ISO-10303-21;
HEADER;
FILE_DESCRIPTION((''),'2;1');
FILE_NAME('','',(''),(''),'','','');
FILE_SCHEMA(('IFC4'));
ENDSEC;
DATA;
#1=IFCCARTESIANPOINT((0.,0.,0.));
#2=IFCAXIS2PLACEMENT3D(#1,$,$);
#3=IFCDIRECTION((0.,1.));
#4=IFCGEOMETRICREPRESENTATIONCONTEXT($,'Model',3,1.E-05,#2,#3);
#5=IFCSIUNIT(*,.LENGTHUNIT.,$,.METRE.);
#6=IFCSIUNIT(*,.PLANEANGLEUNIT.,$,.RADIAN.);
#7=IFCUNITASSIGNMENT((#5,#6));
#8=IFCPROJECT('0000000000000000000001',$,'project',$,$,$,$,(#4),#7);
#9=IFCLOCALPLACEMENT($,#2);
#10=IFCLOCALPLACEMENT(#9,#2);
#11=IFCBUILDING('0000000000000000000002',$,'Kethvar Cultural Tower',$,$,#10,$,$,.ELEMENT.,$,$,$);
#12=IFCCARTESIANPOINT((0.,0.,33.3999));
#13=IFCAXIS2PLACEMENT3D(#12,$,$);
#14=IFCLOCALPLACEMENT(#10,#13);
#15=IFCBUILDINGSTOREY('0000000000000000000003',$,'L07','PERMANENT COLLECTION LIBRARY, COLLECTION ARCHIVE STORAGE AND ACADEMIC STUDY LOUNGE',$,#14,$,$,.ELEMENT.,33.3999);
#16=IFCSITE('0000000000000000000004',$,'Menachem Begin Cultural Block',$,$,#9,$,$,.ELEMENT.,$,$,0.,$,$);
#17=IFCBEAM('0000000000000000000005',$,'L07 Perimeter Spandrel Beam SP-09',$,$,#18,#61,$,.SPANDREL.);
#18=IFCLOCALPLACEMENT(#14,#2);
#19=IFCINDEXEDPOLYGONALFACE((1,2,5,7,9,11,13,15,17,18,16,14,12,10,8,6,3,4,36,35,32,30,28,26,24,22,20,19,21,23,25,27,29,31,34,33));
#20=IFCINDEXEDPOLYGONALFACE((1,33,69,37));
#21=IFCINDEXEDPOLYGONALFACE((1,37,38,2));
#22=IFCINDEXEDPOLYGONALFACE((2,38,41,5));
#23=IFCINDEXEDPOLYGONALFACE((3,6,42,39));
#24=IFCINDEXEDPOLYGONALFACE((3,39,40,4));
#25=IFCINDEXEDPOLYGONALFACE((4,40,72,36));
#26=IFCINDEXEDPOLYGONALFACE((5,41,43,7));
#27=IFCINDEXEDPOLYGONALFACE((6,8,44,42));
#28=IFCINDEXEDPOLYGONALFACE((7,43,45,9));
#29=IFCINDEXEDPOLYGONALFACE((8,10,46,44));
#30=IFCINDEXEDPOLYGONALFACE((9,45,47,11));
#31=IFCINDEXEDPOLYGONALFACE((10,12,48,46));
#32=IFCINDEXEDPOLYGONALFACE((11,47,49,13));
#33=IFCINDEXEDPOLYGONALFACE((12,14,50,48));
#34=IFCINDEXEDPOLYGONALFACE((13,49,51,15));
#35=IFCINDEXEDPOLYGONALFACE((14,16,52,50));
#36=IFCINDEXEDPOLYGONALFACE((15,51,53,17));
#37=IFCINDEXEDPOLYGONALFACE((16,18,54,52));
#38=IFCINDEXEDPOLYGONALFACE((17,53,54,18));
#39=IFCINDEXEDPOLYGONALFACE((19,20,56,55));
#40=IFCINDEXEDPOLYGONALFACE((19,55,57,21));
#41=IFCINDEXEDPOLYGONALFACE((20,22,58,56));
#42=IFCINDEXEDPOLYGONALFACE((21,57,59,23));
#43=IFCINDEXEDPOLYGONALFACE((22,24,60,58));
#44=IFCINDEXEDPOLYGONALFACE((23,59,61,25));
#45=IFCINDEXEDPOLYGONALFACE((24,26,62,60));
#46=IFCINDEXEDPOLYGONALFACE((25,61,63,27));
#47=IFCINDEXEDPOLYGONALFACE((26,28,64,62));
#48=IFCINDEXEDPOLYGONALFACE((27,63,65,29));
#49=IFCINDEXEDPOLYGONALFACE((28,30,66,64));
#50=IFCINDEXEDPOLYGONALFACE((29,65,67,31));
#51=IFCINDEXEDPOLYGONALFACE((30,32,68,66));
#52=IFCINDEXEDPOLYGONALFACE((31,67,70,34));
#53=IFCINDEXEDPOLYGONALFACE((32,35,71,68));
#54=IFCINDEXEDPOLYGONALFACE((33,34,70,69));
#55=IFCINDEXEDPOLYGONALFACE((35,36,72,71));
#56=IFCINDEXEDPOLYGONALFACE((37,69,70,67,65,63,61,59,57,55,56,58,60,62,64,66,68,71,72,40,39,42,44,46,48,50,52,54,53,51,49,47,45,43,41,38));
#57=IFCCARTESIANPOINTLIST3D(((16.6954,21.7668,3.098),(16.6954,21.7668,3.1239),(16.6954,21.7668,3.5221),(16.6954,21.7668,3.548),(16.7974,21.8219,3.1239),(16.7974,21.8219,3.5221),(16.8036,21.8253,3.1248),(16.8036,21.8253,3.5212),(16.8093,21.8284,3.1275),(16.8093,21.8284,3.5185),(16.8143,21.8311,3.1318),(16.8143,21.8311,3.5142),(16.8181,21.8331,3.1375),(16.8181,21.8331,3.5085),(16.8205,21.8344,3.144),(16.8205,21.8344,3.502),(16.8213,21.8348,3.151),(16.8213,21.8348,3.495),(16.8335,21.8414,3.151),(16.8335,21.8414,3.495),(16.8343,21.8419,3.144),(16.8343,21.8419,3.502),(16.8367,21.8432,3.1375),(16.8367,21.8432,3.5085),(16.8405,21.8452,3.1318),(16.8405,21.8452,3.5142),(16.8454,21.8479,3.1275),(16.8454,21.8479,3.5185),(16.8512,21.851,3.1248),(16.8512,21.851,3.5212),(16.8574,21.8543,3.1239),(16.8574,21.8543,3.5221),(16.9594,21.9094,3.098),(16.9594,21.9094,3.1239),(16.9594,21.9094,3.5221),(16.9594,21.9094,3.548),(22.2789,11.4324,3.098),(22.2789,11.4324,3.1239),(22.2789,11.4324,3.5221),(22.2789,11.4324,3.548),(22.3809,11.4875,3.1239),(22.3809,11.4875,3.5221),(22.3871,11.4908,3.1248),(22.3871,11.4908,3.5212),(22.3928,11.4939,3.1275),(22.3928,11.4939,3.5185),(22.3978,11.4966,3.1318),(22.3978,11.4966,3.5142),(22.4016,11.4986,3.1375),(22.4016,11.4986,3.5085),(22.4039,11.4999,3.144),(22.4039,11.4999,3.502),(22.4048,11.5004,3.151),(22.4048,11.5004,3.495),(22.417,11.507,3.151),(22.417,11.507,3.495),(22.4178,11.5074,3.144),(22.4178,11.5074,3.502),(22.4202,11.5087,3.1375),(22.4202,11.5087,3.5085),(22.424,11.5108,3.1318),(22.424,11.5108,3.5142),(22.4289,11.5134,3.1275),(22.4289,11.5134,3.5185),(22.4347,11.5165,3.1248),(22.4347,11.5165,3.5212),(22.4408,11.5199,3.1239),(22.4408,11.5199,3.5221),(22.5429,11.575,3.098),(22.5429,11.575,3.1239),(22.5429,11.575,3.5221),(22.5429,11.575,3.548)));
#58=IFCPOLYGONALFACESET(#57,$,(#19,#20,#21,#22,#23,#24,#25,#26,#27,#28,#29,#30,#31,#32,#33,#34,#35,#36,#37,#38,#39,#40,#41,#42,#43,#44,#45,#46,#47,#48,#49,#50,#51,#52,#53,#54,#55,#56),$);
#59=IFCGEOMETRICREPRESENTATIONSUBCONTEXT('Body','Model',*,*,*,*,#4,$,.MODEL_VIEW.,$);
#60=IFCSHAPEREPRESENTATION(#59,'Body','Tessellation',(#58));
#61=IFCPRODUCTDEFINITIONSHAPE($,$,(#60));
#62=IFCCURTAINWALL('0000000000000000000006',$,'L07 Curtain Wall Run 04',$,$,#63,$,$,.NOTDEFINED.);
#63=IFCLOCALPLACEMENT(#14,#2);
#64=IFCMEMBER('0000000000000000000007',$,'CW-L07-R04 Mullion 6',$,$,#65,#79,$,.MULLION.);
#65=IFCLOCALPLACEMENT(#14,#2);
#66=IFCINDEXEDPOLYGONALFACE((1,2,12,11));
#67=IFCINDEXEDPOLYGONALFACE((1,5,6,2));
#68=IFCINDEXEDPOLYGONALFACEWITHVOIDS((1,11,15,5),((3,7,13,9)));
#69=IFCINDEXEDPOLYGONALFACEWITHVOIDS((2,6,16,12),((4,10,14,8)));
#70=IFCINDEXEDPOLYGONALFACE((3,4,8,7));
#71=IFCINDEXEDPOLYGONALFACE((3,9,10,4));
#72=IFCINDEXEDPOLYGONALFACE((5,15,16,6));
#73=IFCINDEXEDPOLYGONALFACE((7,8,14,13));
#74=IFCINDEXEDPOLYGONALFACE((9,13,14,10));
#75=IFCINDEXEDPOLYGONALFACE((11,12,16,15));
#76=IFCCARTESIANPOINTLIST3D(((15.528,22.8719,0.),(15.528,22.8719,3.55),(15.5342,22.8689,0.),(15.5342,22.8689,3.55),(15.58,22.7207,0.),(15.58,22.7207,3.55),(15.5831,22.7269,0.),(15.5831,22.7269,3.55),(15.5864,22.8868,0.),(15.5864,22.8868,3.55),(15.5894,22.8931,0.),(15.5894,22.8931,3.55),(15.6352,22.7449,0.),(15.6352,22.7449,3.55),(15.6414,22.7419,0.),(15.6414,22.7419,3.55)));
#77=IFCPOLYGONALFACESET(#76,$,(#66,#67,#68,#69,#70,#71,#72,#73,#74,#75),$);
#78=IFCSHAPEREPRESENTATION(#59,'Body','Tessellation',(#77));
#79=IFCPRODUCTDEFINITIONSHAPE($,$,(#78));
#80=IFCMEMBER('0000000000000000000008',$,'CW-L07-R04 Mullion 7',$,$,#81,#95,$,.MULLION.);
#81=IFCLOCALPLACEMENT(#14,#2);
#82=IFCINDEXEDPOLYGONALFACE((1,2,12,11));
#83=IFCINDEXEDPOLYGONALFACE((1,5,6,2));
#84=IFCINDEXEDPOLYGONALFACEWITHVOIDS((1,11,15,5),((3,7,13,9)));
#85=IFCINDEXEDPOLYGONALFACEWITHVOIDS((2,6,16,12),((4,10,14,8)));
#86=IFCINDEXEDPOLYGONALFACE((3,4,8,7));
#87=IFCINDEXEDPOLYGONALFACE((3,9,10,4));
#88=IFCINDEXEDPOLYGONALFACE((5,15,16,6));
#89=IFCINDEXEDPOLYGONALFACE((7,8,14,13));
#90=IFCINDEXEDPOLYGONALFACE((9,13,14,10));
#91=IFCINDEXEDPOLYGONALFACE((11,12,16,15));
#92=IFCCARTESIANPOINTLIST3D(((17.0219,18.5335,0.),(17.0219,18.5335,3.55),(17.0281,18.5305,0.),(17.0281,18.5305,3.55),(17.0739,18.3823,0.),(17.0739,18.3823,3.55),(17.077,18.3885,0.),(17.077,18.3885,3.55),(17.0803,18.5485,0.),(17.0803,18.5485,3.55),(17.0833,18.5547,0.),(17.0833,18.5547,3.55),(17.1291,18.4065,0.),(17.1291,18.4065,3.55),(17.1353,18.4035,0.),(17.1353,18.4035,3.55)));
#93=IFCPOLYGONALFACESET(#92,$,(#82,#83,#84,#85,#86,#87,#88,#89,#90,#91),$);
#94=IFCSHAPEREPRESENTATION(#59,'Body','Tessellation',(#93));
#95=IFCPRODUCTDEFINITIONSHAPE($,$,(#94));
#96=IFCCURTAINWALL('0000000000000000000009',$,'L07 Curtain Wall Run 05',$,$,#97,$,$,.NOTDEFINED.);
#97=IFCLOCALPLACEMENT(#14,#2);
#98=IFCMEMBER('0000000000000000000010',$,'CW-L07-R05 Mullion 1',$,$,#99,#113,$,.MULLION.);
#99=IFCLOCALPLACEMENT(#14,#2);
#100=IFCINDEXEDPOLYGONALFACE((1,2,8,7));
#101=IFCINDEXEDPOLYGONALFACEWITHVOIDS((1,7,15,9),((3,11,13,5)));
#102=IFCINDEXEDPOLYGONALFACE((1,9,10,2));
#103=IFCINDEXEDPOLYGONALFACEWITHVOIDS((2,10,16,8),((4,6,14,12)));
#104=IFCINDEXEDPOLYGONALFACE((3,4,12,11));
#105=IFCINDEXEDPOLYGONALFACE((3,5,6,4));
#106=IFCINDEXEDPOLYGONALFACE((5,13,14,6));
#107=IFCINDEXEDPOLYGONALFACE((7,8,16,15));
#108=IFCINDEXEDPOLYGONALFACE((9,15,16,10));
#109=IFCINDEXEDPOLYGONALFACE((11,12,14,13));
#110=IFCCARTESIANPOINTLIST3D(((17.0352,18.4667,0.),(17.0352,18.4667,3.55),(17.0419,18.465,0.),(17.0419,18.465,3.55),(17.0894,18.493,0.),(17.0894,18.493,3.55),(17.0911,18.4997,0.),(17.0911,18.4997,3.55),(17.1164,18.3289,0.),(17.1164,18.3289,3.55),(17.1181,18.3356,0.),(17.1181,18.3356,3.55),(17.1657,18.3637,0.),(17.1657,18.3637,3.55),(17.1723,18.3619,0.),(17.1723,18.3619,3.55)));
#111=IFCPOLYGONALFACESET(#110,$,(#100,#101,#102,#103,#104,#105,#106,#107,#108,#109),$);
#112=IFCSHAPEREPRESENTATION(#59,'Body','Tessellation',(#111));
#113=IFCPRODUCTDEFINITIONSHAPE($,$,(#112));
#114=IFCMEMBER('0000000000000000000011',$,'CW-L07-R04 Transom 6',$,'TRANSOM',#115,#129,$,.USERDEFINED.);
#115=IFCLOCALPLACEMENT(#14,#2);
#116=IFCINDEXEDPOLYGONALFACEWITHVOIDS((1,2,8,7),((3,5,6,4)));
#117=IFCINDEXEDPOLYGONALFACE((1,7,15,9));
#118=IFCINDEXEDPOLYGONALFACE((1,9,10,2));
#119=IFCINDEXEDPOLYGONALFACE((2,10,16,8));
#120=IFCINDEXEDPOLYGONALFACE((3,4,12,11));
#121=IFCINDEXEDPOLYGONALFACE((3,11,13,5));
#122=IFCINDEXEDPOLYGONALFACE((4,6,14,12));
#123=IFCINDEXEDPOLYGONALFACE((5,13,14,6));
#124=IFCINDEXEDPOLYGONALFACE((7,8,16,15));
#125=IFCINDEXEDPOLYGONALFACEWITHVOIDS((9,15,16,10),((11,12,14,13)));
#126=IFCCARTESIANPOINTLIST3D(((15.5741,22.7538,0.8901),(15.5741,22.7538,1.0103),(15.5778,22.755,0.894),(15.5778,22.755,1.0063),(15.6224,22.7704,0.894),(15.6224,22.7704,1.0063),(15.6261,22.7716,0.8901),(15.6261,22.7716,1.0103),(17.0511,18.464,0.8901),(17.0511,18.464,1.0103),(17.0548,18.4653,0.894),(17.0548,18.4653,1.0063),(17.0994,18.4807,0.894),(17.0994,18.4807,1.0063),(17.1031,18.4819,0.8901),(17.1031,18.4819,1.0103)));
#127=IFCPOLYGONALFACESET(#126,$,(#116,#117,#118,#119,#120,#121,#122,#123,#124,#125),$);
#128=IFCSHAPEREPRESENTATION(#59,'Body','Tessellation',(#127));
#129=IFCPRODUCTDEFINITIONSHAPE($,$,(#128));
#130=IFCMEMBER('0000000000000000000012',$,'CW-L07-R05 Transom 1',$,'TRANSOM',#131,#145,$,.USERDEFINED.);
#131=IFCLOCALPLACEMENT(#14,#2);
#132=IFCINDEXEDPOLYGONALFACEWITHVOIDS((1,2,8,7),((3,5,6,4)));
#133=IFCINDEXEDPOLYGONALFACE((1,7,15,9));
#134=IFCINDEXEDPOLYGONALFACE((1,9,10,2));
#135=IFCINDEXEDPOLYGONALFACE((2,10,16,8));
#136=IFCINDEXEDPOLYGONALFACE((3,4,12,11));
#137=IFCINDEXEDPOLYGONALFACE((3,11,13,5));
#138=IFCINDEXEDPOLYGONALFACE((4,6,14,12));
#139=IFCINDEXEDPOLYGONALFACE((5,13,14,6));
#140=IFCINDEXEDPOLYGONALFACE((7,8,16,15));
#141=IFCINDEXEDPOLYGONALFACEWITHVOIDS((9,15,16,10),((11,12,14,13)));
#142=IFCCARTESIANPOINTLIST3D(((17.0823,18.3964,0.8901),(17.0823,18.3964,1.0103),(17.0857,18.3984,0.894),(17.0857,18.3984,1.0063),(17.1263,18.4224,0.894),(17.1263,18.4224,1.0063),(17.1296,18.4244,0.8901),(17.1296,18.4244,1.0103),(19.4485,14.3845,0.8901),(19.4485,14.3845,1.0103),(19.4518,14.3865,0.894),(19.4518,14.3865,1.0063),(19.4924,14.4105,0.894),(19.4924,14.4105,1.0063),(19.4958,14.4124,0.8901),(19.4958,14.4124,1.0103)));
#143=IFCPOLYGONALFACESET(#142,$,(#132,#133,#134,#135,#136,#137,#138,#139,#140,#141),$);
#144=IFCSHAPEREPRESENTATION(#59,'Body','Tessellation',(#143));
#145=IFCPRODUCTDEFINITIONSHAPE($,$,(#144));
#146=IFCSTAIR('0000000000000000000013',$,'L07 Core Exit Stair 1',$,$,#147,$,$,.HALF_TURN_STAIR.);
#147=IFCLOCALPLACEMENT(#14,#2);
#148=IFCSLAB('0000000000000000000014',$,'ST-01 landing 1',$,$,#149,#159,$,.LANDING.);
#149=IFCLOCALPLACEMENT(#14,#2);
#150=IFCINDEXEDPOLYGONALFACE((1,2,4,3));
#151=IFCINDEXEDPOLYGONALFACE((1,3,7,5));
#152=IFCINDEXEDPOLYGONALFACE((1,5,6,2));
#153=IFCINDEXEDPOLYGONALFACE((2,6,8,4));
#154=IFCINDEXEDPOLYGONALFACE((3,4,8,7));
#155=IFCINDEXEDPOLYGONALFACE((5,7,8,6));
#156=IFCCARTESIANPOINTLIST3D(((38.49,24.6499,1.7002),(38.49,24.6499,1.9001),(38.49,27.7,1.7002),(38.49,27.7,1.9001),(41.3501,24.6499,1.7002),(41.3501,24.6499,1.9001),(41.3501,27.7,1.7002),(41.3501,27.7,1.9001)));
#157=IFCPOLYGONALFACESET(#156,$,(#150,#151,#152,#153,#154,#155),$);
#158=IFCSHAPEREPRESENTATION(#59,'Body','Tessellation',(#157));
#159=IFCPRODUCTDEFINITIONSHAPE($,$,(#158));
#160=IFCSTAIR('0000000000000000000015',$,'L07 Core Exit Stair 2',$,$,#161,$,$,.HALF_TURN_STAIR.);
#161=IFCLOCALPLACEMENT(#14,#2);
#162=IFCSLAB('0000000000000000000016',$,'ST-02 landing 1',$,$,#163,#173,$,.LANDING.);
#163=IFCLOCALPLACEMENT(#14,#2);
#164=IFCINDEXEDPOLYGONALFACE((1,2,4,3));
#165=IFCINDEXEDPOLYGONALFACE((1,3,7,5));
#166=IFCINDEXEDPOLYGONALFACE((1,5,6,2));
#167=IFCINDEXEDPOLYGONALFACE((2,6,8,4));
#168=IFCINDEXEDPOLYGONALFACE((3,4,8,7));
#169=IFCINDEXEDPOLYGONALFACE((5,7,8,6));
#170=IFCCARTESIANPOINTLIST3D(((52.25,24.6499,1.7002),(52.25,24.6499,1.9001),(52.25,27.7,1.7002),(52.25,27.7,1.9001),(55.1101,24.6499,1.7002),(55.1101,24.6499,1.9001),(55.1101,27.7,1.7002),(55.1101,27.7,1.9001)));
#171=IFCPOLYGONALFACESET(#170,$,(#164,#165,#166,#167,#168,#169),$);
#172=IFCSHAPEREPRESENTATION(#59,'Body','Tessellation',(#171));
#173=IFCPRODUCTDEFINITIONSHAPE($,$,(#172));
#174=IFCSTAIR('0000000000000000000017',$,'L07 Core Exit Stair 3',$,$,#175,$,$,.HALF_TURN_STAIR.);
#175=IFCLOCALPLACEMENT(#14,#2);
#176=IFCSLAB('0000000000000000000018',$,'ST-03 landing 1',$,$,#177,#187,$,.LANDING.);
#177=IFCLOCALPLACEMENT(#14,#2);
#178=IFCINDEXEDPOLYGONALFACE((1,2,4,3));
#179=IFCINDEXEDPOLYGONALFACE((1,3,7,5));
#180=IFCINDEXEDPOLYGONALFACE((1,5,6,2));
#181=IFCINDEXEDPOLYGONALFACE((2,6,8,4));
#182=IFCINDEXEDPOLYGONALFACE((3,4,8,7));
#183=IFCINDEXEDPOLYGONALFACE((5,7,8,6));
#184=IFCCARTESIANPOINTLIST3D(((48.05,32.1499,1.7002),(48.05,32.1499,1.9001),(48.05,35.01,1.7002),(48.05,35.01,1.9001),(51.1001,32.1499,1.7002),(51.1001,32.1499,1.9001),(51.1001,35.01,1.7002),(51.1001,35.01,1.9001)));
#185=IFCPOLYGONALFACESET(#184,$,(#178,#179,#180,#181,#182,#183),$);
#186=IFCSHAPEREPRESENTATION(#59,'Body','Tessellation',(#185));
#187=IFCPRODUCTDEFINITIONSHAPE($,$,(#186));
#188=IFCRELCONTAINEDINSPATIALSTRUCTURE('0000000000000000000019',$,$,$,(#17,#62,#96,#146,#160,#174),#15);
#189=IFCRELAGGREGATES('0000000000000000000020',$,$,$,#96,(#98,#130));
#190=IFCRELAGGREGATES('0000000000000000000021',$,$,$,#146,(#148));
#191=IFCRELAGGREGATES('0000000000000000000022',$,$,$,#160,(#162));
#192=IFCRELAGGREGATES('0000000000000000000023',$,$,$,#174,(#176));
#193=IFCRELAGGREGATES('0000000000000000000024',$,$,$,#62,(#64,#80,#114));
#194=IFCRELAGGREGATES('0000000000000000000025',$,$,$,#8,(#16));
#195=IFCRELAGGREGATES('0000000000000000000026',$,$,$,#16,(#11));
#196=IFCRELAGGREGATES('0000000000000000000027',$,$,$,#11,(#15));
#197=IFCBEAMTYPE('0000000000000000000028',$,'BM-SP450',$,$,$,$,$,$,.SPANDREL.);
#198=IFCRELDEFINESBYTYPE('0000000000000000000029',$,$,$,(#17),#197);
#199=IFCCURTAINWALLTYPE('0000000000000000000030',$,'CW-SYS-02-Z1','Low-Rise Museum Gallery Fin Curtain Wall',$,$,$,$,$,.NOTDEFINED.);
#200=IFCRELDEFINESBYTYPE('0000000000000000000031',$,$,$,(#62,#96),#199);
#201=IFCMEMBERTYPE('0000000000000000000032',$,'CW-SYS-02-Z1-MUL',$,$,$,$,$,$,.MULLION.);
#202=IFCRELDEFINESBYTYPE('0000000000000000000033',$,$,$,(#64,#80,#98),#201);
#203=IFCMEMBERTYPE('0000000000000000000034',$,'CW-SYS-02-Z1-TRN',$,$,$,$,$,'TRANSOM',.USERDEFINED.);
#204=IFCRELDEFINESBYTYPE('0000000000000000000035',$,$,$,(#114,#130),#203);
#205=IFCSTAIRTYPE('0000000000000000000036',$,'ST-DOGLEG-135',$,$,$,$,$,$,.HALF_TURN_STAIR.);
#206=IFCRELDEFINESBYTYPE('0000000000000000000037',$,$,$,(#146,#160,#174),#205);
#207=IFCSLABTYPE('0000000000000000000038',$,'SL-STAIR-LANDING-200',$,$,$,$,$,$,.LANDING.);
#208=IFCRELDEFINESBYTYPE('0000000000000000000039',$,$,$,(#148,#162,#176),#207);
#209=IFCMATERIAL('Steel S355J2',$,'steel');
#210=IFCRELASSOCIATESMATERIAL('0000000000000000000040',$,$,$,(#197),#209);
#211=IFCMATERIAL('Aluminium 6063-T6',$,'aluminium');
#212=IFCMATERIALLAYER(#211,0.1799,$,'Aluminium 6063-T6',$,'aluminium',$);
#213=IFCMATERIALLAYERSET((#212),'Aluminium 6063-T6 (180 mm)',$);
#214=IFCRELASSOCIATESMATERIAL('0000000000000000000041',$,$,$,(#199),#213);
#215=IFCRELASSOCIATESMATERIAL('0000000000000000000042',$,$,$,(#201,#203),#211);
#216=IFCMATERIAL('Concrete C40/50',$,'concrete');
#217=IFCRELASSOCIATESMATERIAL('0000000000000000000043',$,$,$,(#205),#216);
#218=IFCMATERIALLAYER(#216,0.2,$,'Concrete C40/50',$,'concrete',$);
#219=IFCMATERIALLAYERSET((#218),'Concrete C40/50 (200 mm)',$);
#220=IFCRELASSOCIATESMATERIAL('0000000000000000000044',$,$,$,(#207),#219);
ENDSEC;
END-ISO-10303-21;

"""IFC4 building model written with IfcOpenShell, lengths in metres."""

from ifc_helpers import new_model, si_unit, direction, frame, origin, origin_2d, place, context, subcontext, project, spatial, polyline, hollow_rectangle, i_section, outline, extrude, source, transform, mapped, material, layer, layer_set, material_profile, profile_set, type_object, element, aggregate, save


model = new_model("IFC4")

# Units and contexts
model_context = context("Model", 3, precision=1e-05, world=origin(), true_north=direction((0.0, 1.0)))
body_context = subcontext(model_context, "Body", "Model", "MODEL_VIEW")
ifc_project = project(units=[si_unit("LENGTHUNIT", "METRE"), si_unit("PLANEANGLEUNIT", "RADIAN")], contexts=[model_context])

# Site, building, storey
site_placement = place(None, origin())
site = spatial("IfcSite", under=ifc_project, at=site_placement, Name="Menachem Begin Cultural Block", CompositionType="ELEMENT", RefElevation=0.0)
building_placement = place(site_placement, origin())
building = spatial("IfcBuilding", under=site, at=building_placement, Name="Kethvar Cultural Tower", CompositionType="ELEMENT")
storey_placement = place(building_placement, frame((0.0, 0.0, 33.3999)))
storey = spatial("IfcBuildingStorey", under=building, at=storey_placement, Name="L07", Description="PERMANENT COLLECTION LIBRARY, COLLECTION ARCHIVE STORAGE AND ACADEMIC STUDY LOUNGE", CompositionType="ELEMENT", Elevation=33.3999)

# Beam
ifc_material_1 = material(Name="Steel S355J2", Category="steel")
ifc_material_profile_1 = material_profile(ifc_material_1, i_section(OverallWidth=0.3, OverallDepth=0.45, WebThickness=0.0139, FlangeThickness=0.0259, FilletRadius=0.0271, at=origin_2d()), Name="Steel S355J2 — HEB450")
ifc_profile_set_1 = profile_set([ifc_material_profile_1], Name="Steel S355J2 — HEB450")
beam_type = type_object("IfcBeamType", Name="BM-SP450", PredefinedType="SPANDREL", material=ifc_profile_set_1)
shared_shape_1 = source(origin(), body_context, "Body", "SweptSolid", [
    extrude(i_section(OverallWidth=0.3, OverallDepth=0.45, WebThickness=0.0139, FlangeThickness=0.0259, FilletRadius=0.0271, at=origin_2d()), origin(), (0.0, 0.0, 1.0), 11.7463),
])
beam_placement = place(storey_placement, frame((16.8274, 21.8381, 3.323), z_axis=(0.475339, -0.879803, 0.0), x_axis=(0.879803, 0.475339, 0.0)))
element("IfcBeam", 1, at=beam_placement, inside=storey, type_object=beam_type, Name="L07 Perimeter Spandrel Beam SP-09", PredefinedType="SPANDREL", context=body_context, shape_type="MappedRepresentation", body=[
    mapped(shared_shape_1, transform((0.0, 0.0, 0.0), scale=1.0)),
])

# Curtain wall, members
ifc_material_2 = material(Name="Aluminium 6063-T6", Category="aluminium")
ifc_layer_1 = layer(ifc_material_2, 0.1799, Name="Aluminium 6063-T6", Category="aluminium")
ifc_layer_set_1 = layer_set([ifc_layer_1], Name="Aluminium 6063-T6 (180 mm)")
curtain_wall_type = type_object("IfcCurtainWallType", Name="CW-SYS-02-Z1", Description="Low-Rise Museum Gallery Fin Curtain Wall", PredefinedType="NOTDEFINED", material=ifc_layer_set_1)
curtain_wall_1_placement = place(storey_placement, origin())
curtain_wall_1 = element("IfcCurtainWall", 2, at=curtain_wall_1_placement, inside=storey, type_object=curtain_wall_type, Name="L07 Curtain Wall Run 04", PredefinedType="NOTDEFINED")
ifc_material_profile_2 = material_profile(ifc_material_2, hollow_rectangle(XDim=0.0649, YDim=0.1599, WallThickness=0.0049, at=origin_2d()), Name="Aluminium 6063-T6 — RHS160x65x5")
ifc_profile_set_2 = profile_set([ifc_material_profile_2], Name="Aluminium 6063-T6 — RHS160x65x5")
member_type_1 = type_object("IfcMemberType", Name="CW-SYS-02-Z1-MUL", PredefinedType="MULLION", material=ifc_profile_set_2)
shared_shape_2 = source(origin(), body_context, "Body", "SweptSolid", [
    extrude(hollow_rectangle(XDim=0.0649, YDim=0.1599, WallThickness=0.0049, at=origin_2d()), origin(), (0.0, 0.0, 1.0), 3.55),
])
member_1_placement = place(storey_placement, frame((15.5847, 22.8069, 0.0), z_axis=(0.0, 0.0, 1.0), x_axis=(0.945519, 0.325568, 0.0)))
member_1 = element("IfcMember", 3, at=member_1_placement, type_object=member_type_1, Name="CW-L07-R04 Mullion 6", PredefinedType="MULLION", context=body_context, shape_type="MappedRepresentation", body=[
    mapped(shared_shape_2, transform((0.0, 0.0, 0.0), scale=1.0)),
])
member_2_placement = place(storey_placement, frame((17.0786, 18.4685, 0.0), z_axis=(0.0, 0.0, 1.0), x_axis=(0.945519, 0.325568, 0.0)))
member_2 = element("IfcMember", 4, at=member_2_placement, type_object=member_type_1, Name="CW-L07-R04 Mullion 7", PredefinedType="MULLION", context=body_context, shape_type="MappedRepresentation", body=[
    mapped(shared_shape_2, transform((0.0, 0.0, 0.0), scale=1.0)),
])

# Curtain wall, member
curtain_wall_2_placement = place(storey_placement, origin())
curtain_wall_2 = element("IfcCurtainWall", 5, at=curtain_wall_2_placement, inside=storey, type_object=curtain_wall_type, Name="L07 Curtain Wall Run 05", PredefinedType="NOTDEFINED")
member_3_placement = place(storey_placement, frame((17.1038, 18.4143, 0.0), z_axis=(0.0, 0.0, 1.0), x_axis=(0.861346, 0.50802, 0.0)))
member_3 = element("IfcMember", 6, at=member_3_placement, type_object=member_type_1, Name="CW-L07-R05 Mullion 1", PredefinedType="MULLION", context=body_context, shape_type="MappedRepresentation", body=[
    mapped(shared_shape_2, transform((0.0, 0.0, 0.0), scale=1.0)),
])

# Members
ifc_material_profile_3 = material_profile(ifc_material_2, hollow_rectangle(XDim=0.0549, YDim=0.1201, WallThickness=0.0039, at=origin_2d()), Name="Aluminium 6063-T6 — RHS120x55x4")
ifc_profile_set_3 = profile_set([ifc_material_profile_3], Name="Aluminium 6063-T6 — RHS120x55x4")
member_type_2 = type_object("IfcMemberType", Name="CW-SYS-02-Z1-TRN", ElementType="TRANSOM", PredefinedType="USERDEFINED", material=ifc_profile_set_3)
shared_shape_3 = source(origin(), body_context, "Body", "SweptSolid", [
    extrude(hollow_rectangle(XDim=0.0549, YDim=0.1201, WallThickness=0.0039, at=origin_2d()), origin(), (0.0, 0.0, 1.0), 4.5369),
])
member_4_placement = place(storey_placement, frame((15.6001, 22.7627, 0.9502), z_axis=(0.325559, -0.945522, 0.0), x_axis=(0.945522, 0.325559, 0.0)))
member_4 = element("IfcMember", 7, at=member_4_placement, type_object=member_type_2, Name="CW-L07-R04 Transom 6", ObjectType="TRANSOM", PredefinedType="USERDEFINED", context=body_context, shape_type="MappedRepresentation", body=[
    mapped(shared_shape_3, transform((0.0, 0.0, 0.0), scale=1.0)),
])
shared_shape_4 = source(origin(), body_context, "Body", "SweptSolid", [
    extrude(hollow_rectangle(XDim=0.0549, YDim=0.1201, WallThickness=0.0039, at=origin_2d()), origin(), (0.0, 0.0, 1.0), 4.6577),
])
member_5_placement = place(storey_placement, frame((17.106, 18.4104, 0.9502), z_axis=(0.508014, -0.861349, 0.0), x_axis=(0.861349, 0.508014, 0.0)))
member_5 = element("IfcMember", 8, at=member_5_placement, type_object=member_type_2, Name="CW-L07-R05 Transom 1", ObjectType="TRANSOM", PredefinedType="USERDEFINED", context=body_context, shape_type="MappedRepresentation", body=[
    mapped(shared_shape_4, transform((0.0, 0.0, 0.0), scale=1.0)),
])
aggregate(curtain_wall_2, [member_3, member_5])

# Stairs, slabs
ifc_material_3 = material(Name="Concrete C40/50", Category="concrete")
stair_type = type_object("IfcStairType", Name="ST-DOGLEG-135", PredefinedType="HALF_TURN_STAIR", material=ifc_material_3)
stair_1_placement = place(storey_placement, origin())
stair_1 = element("IfcStair", 9, at=stair_1_placement, inside=storey, type_object=stair_type, Name="L07 Core Exit Stair 1", PredefinedType="HALF_TURN_STAIR")
ifc_layer_2 = layer(ifc_material_3, 0.2, Name="Concrete C40/50", Category="concrete")
ifc_layer_set_2 = layer_set([ifc_layer_2], Name="Concrete C40/50 (200 mm)")
slab_type_1 = type_object("IfcSlabType", Name="SL-STAIR-LANDING-200", PredefinedType="LANDING", material=ifc_layer_set_2)
slab_1_placement = place(storey_placement, frame((0.0, 0.0, 1.7002)))
slab_1 = element("IfcSlab", 10, at=slab_1_placement, type_object=slab_type_1, Name="ST-01 landing 1", PredefinedType="LANDING", context=body_context, shape_type="SweptSolid", body=[
    extrude(outline(polyline([(41.3501, 24.6499), (41.3501, 27.7), (38.49, 27.7), (38.49, 24.6499), (41.3501, 24.6499)])), origin(), (0.0, 0.0, 1.0), 0.2),
])
aggregate(stair_1, [slab_1])
stair_2_placement = place(storey_placement, origin())
stair_2 = element("IfcStair", 11, at=stair_2_placement, inside=storey, type_object=stair_type, Name="L07 Core Exit Stair 2", PredefinedType="HALF_TURN_STAIR")
slab_2_placement = place(storey_placement, frame((0.0, 0.0, 1.7002)))
slab_2 = element("IfcSlab", 12, at=slab_2_placement, type_object=slab_type_1, Name="ST-02 landing 1", PredefinedType="LANDING", context=body_context, shape_type="SweptSolid", body=[
    extrude(outline(polyline([(55.1101, 24.6499), (55.1101, 27.7), (52.25, 27.7), (52.25, 24.6499), (55.1101, 24.6499)])), origin(), (0.0, 0.0, 1.0), 0.2),
])
aggregate(stair_2, [slab_2])
stair_3_placement = place(storey_placement, origin())
stair_3 = element("IfcStair", 13, at=stair_3_placement, inside=storey, type_object=stair_type, Name="L07 Core Exit Stair 3", PredefinedType="HALF_TURN_STAIR")
slab_3_placement = place(storey_placement, frame((0.0, 0.0, 1.7002)))
slab_3 = element("IfcSlab", 14, at=slab_3_placement, type_object=slab_type_1, Name="ST-03 landing 1", PredefinedType="LANDING", context=body_context, shape_type="SweptSolid", body=[
    extrude(outline(polyline([(51.1001, 35.01), (48.05, 35.01), (48.05, 32.1499), (51.1001, 32.1499), (51.1001, 35.01)])), origin(), (0.0, 0.0, 1.0), 0.2),
])
aggregate(stair_3, [slab_3])

aggregate(curtain_wall_1, [member_1, member_2, member_4])

save(model, "model.ifc")
